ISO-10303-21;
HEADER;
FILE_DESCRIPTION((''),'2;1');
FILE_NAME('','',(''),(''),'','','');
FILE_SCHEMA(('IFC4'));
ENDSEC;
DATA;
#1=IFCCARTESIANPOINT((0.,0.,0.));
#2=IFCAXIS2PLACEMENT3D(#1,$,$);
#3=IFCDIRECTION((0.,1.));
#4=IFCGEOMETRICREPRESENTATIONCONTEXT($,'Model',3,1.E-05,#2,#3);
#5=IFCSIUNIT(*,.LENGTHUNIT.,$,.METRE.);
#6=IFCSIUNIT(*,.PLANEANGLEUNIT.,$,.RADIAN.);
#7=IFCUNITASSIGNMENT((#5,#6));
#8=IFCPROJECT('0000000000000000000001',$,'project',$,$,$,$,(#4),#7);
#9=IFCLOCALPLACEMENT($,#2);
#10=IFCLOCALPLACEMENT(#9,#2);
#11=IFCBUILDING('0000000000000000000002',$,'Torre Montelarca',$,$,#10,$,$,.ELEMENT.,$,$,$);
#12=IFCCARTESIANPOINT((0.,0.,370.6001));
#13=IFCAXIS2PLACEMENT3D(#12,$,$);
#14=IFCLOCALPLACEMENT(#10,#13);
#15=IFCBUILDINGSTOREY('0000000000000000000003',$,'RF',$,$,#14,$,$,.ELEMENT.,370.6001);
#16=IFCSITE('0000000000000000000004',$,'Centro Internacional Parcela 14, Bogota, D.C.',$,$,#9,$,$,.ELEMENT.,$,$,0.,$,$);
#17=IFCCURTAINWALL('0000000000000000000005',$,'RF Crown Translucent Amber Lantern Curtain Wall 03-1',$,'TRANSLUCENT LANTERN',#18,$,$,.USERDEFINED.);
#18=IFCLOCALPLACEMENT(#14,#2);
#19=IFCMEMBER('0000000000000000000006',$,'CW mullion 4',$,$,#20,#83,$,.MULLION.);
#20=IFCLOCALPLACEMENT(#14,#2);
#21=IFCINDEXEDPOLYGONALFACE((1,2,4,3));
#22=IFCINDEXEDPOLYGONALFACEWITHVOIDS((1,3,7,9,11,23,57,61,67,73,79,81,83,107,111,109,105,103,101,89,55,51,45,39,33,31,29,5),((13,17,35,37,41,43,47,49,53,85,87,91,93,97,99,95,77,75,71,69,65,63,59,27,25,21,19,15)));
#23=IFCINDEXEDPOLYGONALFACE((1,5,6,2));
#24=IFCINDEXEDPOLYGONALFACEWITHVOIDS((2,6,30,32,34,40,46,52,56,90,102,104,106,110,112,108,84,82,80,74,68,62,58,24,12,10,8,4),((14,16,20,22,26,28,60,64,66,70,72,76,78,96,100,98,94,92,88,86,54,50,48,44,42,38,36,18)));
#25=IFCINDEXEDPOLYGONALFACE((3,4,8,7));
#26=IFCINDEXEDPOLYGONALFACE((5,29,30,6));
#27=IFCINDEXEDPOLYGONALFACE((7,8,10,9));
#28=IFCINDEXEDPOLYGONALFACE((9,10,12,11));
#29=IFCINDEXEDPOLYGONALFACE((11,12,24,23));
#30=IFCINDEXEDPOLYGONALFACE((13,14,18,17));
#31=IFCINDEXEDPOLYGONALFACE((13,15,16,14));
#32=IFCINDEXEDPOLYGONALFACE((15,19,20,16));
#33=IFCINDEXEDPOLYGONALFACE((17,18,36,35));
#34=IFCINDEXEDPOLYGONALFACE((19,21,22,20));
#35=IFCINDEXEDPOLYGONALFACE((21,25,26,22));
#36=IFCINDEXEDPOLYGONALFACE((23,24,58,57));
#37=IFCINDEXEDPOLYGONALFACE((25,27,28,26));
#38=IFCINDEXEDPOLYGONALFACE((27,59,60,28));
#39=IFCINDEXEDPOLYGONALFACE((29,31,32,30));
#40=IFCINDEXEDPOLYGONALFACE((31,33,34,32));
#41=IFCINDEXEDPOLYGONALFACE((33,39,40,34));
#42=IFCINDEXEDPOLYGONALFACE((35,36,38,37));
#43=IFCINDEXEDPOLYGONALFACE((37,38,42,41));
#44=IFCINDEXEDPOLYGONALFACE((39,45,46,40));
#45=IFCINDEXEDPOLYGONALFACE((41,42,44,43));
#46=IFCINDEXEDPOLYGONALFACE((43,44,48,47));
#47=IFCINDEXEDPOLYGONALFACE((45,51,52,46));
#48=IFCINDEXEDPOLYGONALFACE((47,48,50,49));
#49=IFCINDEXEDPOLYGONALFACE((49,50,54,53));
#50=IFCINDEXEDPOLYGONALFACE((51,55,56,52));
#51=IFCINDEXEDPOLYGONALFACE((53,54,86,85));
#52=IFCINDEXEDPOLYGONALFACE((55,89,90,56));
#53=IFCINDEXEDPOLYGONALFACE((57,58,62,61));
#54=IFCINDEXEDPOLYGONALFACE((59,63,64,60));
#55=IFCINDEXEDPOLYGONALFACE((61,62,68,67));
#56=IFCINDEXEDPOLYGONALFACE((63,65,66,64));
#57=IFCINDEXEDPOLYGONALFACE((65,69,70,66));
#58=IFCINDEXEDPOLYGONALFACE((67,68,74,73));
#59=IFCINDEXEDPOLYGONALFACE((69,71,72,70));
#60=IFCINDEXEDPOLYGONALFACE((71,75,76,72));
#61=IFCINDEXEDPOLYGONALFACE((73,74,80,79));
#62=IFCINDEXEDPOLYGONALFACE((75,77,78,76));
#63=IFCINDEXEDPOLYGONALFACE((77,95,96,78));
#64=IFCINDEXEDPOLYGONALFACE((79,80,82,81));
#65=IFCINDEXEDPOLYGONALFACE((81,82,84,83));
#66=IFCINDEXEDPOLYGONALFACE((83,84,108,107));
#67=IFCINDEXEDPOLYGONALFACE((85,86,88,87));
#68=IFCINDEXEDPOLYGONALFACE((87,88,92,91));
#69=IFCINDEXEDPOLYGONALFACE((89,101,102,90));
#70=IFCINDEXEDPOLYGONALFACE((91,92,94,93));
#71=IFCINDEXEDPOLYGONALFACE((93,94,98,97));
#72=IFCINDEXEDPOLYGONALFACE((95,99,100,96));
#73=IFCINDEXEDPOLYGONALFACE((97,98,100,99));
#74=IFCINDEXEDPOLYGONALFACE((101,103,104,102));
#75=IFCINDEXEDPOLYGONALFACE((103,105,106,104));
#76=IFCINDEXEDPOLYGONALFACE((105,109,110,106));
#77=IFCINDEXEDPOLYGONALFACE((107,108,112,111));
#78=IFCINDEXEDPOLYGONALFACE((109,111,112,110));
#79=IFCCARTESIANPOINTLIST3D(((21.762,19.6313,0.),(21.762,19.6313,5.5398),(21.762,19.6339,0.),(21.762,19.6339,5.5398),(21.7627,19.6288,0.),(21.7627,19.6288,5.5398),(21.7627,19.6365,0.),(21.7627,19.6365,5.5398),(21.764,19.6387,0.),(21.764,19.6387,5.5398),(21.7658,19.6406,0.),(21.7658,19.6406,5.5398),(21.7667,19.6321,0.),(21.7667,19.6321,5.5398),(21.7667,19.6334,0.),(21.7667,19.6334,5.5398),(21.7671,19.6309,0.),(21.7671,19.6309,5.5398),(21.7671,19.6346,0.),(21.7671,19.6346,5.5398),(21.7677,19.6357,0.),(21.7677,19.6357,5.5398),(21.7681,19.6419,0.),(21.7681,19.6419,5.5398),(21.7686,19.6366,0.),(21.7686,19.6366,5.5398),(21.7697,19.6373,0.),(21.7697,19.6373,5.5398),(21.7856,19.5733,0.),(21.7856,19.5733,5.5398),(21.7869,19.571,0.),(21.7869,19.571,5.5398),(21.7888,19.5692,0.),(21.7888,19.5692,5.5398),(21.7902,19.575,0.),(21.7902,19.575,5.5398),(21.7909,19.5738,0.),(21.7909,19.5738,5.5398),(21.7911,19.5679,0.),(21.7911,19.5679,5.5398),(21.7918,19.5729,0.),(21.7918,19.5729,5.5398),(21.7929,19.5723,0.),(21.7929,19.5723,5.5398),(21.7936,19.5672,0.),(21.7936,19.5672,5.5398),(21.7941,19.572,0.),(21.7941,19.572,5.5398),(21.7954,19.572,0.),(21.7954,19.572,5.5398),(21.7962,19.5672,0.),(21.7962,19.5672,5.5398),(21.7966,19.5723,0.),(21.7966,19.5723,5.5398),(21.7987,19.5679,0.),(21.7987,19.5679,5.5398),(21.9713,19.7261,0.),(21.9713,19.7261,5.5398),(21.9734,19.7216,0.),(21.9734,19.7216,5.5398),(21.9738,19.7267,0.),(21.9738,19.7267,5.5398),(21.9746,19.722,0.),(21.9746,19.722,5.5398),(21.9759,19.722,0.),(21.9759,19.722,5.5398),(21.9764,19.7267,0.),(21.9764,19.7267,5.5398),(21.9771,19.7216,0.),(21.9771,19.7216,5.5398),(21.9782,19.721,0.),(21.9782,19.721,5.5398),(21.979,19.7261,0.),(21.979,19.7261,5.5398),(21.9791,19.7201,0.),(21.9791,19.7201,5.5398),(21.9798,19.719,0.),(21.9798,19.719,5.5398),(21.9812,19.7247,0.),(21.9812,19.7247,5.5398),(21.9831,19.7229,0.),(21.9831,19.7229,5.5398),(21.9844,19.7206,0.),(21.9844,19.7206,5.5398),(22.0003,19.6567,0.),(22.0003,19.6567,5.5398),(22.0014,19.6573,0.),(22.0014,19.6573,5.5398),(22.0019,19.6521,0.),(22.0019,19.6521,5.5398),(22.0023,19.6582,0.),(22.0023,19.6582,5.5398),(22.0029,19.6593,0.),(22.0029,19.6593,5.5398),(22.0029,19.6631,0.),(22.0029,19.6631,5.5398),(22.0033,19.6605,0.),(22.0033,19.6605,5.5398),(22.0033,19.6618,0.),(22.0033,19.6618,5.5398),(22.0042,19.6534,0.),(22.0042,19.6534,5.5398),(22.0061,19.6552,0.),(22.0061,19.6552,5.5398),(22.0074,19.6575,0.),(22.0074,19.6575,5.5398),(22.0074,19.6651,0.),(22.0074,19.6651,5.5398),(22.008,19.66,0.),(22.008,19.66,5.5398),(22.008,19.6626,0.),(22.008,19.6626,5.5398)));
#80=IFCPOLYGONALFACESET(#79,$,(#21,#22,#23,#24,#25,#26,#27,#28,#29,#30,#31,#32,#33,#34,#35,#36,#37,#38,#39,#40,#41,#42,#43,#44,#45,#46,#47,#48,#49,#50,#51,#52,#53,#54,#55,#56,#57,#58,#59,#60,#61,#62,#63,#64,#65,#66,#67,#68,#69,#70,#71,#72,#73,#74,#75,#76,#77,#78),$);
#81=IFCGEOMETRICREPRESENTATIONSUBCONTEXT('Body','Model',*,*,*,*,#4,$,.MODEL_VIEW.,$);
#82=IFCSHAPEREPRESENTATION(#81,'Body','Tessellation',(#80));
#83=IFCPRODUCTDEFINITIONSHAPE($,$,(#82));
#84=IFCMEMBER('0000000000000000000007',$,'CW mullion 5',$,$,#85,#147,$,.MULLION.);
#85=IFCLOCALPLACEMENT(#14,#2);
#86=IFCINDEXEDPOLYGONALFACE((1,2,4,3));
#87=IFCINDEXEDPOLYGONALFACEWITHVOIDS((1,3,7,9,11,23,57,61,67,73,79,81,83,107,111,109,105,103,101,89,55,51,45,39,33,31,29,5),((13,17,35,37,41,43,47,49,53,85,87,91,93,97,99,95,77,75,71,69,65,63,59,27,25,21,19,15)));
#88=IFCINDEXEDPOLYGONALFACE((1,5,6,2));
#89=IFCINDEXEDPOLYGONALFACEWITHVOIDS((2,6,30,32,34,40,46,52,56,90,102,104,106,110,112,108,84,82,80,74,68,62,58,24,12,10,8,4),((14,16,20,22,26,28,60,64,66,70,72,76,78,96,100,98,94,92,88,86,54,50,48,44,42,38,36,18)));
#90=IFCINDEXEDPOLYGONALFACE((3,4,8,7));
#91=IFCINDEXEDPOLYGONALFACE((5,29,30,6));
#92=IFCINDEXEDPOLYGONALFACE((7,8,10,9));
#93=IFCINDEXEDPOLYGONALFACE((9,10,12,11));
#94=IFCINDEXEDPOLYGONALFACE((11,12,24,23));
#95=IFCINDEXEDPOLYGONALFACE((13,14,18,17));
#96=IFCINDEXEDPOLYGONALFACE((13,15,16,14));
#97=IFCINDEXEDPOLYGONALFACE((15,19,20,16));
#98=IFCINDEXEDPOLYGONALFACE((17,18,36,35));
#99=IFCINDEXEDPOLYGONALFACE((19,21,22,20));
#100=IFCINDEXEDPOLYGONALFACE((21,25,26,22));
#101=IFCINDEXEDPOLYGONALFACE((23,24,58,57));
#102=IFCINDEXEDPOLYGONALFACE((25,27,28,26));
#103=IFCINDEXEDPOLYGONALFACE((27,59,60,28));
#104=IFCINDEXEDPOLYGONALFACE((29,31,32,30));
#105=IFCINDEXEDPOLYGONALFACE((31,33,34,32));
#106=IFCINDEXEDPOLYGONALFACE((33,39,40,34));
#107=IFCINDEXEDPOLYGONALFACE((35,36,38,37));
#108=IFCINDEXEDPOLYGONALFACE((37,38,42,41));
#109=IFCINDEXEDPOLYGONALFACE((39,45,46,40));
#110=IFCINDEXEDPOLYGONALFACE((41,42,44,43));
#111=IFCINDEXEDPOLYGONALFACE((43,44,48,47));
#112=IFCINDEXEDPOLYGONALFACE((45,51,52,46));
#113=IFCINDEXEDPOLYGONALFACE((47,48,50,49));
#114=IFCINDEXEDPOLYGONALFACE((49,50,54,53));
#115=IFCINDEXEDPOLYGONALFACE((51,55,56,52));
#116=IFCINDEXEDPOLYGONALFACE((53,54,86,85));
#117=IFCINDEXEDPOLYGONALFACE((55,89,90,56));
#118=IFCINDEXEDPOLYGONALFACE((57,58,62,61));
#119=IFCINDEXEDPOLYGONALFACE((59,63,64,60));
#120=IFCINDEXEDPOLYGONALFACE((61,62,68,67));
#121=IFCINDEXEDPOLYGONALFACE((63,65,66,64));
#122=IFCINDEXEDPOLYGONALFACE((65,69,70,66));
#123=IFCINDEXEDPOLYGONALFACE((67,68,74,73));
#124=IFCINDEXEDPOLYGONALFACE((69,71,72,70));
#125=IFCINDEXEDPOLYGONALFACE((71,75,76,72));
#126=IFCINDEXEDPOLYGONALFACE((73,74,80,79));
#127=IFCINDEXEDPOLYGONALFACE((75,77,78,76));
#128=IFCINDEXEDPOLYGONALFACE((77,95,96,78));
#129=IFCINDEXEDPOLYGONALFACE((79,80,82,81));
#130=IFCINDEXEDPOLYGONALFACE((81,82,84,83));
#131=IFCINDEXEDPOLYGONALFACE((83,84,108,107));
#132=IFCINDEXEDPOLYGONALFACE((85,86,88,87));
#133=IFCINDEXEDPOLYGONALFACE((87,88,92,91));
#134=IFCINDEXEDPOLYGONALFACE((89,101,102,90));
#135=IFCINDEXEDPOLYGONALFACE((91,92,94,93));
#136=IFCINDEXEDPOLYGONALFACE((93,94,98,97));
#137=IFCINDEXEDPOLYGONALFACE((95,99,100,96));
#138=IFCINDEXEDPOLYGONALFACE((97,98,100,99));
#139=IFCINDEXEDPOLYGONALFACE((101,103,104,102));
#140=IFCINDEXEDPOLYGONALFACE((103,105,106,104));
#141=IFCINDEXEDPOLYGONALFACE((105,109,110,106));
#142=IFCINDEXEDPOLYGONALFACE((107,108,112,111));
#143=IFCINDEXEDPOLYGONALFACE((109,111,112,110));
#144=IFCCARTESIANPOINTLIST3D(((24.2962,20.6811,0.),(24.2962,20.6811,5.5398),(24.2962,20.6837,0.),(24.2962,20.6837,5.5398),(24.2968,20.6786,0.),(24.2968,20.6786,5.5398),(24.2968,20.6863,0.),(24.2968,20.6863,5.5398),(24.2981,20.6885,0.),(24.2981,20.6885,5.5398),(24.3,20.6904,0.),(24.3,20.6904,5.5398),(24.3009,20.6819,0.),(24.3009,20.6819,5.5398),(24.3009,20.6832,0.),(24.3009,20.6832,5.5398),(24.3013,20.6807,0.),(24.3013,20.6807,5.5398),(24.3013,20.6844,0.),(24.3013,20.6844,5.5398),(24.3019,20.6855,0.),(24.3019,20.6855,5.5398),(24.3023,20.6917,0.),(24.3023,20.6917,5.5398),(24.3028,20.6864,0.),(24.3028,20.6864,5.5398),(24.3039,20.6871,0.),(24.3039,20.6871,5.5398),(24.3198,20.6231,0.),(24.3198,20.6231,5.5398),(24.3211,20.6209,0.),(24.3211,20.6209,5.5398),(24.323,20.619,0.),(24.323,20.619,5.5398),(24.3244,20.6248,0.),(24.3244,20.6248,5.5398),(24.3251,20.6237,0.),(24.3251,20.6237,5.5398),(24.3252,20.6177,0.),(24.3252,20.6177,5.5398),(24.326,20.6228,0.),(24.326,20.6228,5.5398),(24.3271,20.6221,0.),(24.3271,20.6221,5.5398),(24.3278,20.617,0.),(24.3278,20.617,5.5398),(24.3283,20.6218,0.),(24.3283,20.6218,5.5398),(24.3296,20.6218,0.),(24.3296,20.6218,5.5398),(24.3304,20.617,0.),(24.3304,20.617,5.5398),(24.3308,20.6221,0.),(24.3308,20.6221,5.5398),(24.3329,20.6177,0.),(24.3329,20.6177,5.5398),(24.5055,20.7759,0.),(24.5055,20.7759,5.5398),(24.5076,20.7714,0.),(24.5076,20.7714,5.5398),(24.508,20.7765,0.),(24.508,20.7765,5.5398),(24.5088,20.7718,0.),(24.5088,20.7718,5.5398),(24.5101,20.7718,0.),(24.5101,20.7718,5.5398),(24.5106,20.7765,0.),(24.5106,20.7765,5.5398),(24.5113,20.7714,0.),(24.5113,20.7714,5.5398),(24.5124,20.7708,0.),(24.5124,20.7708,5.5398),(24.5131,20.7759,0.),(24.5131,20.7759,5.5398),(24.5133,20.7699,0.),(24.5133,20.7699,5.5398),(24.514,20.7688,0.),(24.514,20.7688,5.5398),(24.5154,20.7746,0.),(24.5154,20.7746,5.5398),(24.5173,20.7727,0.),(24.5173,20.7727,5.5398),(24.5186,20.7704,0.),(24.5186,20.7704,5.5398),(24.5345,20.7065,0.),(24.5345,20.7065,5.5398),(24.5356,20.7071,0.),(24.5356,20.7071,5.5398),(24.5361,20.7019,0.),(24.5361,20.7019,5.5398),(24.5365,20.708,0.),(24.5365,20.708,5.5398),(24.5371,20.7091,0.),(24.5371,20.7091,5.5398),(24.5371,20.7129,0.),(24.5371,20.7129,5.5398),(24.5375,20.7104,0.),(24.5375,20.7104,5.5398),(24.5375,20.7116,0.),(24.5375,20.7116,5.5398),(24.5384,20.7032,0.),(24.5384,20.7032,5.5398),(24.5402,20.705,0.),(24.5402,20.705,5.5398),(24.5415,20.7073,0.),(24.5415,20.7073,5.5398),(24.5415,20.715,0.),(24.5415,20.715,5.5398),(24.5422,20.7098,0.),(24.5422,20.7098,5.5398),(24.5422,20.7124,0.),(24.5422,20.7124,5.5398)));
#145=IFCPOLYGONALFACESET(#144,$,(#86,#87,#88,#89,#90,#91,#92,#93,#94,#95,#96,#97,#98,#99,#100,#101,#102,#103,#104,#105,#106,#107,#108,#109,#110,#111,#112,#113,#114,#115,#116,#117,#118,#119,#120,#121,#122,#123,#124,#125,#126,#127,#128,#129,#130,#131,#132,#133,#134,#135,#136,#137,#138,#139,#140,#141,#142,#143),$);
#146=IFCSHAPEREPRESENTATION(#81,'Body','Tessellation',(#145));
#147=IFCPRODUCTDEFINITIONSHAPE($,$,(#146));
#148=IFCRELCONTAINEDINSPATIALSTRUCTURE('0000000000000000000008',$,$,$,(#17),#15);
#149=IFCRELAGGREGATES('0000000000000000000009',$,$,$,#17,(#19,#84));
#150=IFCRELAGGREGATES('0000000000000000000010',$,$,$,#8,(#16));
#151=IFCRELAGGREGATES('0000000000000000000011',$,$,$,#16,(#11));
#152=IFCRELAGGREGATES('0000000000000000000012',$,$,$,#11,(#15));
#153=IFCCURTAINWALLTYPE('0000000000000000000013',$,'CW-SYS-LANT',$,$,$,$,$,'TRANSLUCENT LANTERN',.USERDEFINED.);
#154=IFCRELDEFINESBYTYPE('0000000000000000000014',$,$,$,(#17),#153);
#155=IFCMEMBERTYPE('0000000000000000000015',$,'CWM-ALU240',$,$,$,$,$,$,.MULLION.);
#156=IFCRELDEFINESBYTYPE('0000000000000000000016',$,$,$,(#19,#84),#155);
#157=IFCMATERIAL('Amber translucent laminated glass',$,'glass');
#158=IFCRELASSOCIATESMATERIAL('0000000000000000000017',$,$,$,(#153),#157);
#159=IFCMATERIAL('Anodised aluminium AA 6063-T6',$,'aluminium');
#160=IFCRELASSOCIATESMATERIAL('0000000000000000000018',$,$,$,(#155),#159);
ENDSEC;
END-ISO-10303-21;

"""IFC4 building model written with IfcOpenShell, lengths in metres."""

from ifc_helpers import new_model, si_unit, direction, frame, origin, origin_2d, place, context, subcontext, project, spatial, hollow_rectangle, extrude, source, transform, mapped, material, material_profile, profile_set, type_object, element, aggregate, save


model = new_model("IFC4")

# Units and contexts
model_context = context("Model", 3, precision=1e-05, world=origin(), true_north=direction((0.0, 1.0)))
body_context = subcontext(model_context, "Body", "Model", "MODEL_VIEW")
ifc_project = project(units=[si_unit("LENGTHUNIT", "METRE"), si_unit("PLANEANGLEUNIT", "RADIAN")], contexts=[model_context])

# Site, building, storey
site_placement = place(None, origin())
site = spatial("IfcSite", under=ifc_project, at=site_placement, Name="Centro Internacional Parcela 14, Bogota, D.C.", CompositionType="ELEMENT", RefElevation=0.0)
building_placement = place(site_placement, origin())
building = spatial("IfcBuilding", under=site, at=building_placement, Name="Torre Montelarca", CompositionType="ELEMENT")
storey_placement = place(building_placement, frame((0.0, 0.0, 370.6001)))
storey = spatial("IfcBuildingStorey", under=building, at=storey_placement, Name="RF", CompositionType="ELEMENT", Elevation=370.6001)

# Curtain wall, members
ifc_material_1 = material(Name="Amber translucent laminated glass", Category="glass")
curtain_wall_type = type_object("IfcCurtainWallType", Name="CW-SYS-LANT", ElementType="TRANSLUCENT LANTERN", PredefinedType="USERDEFINED", material=ifc_material_1)
curtain_wall_placement = place(storey_placement, origin())
curtain_wall = element("IfcCurtainWall", 1, at=curtain_wall_placement, inside=storey, type_object=curtain_wall_type, Name="RF Crown Translucent Amber Lantern Curtain Wall 03-1", ObjectType="TRANSLUCENT LANTERN", PredefinedType="USERDEFINED")
ifc_material_2 = material(Name="Anodised aluminium AA 6063-T6", Category="aluminium")
ifc_material_profile_1 = material_profile(ifc_material_2, hollow_rectangle(XDim=0.0801, YDim=0.24, WallThickness=0.0049, InnerFilletRadius=0.0049, OuterFilletRadius=0.01, at=origin_2d()), Name="ALU80X240X5", Category="aluminium")
ifc_profile_set_1 = profile_set([ifc_material_profile_1], Name="Anodised aluminium AA 6063-T6")
member_type_1 = type_object("IfcMemberType", Name="CWM-ALU240", PredefinedType="MULLION", material=ifc_profile_set_1)
shared_shape_1 = source(origin(), body_context, "Body", "SweptSolid", [
    extrude(hollow_rectangle(XDim=0.0801, YDim=0.24, WallThickness=0.0049, InnerFilletRadius=0.0049, OuterFilletRadius=0.01, at=origin_2d()), origin(), (0.0, 0.0, 1.0), 5.5398),
])
member_1_placement = place(storey_placement, frame((21.885, 19.647, 0.0), z_axis=(0.0, 0.0, 1.0), x_axis=(-0.382687, 0.923878, 0.0)))
member_1 = element("IfcMember", 2, at=member_1_placement, type_object=member_type_1, Name="CW mullion 4", PredefinedType="MULLION", context=body_context, shape_type="MappedRepresentation", body=[
    mapped(shared_shape_1, transform((0.0, 0.0, 0.0), scale=1.0)),
])
member_2_placement = place(storey_placement, frame((24.4192, 20.6968, 0.0), z_axis=(0.0, 0.0, 1.0), x_axis=(-0.382687, 0.923878, 0.0)))
member_2 = element("IfcMember", 3, at=member_2_placement, type_object=member_type_1, Name="CW mullion 5", PredefinedType="MULLION", context=body_context, shape_type="MappedRepresentation", body=[
    mapped(shared_shape_1, transform((0.0, 0.0, 0.0), scale=1.0)),
])

aggregate(curtain_wall, [member_1, member_2])

save(model, "model.ifc")
